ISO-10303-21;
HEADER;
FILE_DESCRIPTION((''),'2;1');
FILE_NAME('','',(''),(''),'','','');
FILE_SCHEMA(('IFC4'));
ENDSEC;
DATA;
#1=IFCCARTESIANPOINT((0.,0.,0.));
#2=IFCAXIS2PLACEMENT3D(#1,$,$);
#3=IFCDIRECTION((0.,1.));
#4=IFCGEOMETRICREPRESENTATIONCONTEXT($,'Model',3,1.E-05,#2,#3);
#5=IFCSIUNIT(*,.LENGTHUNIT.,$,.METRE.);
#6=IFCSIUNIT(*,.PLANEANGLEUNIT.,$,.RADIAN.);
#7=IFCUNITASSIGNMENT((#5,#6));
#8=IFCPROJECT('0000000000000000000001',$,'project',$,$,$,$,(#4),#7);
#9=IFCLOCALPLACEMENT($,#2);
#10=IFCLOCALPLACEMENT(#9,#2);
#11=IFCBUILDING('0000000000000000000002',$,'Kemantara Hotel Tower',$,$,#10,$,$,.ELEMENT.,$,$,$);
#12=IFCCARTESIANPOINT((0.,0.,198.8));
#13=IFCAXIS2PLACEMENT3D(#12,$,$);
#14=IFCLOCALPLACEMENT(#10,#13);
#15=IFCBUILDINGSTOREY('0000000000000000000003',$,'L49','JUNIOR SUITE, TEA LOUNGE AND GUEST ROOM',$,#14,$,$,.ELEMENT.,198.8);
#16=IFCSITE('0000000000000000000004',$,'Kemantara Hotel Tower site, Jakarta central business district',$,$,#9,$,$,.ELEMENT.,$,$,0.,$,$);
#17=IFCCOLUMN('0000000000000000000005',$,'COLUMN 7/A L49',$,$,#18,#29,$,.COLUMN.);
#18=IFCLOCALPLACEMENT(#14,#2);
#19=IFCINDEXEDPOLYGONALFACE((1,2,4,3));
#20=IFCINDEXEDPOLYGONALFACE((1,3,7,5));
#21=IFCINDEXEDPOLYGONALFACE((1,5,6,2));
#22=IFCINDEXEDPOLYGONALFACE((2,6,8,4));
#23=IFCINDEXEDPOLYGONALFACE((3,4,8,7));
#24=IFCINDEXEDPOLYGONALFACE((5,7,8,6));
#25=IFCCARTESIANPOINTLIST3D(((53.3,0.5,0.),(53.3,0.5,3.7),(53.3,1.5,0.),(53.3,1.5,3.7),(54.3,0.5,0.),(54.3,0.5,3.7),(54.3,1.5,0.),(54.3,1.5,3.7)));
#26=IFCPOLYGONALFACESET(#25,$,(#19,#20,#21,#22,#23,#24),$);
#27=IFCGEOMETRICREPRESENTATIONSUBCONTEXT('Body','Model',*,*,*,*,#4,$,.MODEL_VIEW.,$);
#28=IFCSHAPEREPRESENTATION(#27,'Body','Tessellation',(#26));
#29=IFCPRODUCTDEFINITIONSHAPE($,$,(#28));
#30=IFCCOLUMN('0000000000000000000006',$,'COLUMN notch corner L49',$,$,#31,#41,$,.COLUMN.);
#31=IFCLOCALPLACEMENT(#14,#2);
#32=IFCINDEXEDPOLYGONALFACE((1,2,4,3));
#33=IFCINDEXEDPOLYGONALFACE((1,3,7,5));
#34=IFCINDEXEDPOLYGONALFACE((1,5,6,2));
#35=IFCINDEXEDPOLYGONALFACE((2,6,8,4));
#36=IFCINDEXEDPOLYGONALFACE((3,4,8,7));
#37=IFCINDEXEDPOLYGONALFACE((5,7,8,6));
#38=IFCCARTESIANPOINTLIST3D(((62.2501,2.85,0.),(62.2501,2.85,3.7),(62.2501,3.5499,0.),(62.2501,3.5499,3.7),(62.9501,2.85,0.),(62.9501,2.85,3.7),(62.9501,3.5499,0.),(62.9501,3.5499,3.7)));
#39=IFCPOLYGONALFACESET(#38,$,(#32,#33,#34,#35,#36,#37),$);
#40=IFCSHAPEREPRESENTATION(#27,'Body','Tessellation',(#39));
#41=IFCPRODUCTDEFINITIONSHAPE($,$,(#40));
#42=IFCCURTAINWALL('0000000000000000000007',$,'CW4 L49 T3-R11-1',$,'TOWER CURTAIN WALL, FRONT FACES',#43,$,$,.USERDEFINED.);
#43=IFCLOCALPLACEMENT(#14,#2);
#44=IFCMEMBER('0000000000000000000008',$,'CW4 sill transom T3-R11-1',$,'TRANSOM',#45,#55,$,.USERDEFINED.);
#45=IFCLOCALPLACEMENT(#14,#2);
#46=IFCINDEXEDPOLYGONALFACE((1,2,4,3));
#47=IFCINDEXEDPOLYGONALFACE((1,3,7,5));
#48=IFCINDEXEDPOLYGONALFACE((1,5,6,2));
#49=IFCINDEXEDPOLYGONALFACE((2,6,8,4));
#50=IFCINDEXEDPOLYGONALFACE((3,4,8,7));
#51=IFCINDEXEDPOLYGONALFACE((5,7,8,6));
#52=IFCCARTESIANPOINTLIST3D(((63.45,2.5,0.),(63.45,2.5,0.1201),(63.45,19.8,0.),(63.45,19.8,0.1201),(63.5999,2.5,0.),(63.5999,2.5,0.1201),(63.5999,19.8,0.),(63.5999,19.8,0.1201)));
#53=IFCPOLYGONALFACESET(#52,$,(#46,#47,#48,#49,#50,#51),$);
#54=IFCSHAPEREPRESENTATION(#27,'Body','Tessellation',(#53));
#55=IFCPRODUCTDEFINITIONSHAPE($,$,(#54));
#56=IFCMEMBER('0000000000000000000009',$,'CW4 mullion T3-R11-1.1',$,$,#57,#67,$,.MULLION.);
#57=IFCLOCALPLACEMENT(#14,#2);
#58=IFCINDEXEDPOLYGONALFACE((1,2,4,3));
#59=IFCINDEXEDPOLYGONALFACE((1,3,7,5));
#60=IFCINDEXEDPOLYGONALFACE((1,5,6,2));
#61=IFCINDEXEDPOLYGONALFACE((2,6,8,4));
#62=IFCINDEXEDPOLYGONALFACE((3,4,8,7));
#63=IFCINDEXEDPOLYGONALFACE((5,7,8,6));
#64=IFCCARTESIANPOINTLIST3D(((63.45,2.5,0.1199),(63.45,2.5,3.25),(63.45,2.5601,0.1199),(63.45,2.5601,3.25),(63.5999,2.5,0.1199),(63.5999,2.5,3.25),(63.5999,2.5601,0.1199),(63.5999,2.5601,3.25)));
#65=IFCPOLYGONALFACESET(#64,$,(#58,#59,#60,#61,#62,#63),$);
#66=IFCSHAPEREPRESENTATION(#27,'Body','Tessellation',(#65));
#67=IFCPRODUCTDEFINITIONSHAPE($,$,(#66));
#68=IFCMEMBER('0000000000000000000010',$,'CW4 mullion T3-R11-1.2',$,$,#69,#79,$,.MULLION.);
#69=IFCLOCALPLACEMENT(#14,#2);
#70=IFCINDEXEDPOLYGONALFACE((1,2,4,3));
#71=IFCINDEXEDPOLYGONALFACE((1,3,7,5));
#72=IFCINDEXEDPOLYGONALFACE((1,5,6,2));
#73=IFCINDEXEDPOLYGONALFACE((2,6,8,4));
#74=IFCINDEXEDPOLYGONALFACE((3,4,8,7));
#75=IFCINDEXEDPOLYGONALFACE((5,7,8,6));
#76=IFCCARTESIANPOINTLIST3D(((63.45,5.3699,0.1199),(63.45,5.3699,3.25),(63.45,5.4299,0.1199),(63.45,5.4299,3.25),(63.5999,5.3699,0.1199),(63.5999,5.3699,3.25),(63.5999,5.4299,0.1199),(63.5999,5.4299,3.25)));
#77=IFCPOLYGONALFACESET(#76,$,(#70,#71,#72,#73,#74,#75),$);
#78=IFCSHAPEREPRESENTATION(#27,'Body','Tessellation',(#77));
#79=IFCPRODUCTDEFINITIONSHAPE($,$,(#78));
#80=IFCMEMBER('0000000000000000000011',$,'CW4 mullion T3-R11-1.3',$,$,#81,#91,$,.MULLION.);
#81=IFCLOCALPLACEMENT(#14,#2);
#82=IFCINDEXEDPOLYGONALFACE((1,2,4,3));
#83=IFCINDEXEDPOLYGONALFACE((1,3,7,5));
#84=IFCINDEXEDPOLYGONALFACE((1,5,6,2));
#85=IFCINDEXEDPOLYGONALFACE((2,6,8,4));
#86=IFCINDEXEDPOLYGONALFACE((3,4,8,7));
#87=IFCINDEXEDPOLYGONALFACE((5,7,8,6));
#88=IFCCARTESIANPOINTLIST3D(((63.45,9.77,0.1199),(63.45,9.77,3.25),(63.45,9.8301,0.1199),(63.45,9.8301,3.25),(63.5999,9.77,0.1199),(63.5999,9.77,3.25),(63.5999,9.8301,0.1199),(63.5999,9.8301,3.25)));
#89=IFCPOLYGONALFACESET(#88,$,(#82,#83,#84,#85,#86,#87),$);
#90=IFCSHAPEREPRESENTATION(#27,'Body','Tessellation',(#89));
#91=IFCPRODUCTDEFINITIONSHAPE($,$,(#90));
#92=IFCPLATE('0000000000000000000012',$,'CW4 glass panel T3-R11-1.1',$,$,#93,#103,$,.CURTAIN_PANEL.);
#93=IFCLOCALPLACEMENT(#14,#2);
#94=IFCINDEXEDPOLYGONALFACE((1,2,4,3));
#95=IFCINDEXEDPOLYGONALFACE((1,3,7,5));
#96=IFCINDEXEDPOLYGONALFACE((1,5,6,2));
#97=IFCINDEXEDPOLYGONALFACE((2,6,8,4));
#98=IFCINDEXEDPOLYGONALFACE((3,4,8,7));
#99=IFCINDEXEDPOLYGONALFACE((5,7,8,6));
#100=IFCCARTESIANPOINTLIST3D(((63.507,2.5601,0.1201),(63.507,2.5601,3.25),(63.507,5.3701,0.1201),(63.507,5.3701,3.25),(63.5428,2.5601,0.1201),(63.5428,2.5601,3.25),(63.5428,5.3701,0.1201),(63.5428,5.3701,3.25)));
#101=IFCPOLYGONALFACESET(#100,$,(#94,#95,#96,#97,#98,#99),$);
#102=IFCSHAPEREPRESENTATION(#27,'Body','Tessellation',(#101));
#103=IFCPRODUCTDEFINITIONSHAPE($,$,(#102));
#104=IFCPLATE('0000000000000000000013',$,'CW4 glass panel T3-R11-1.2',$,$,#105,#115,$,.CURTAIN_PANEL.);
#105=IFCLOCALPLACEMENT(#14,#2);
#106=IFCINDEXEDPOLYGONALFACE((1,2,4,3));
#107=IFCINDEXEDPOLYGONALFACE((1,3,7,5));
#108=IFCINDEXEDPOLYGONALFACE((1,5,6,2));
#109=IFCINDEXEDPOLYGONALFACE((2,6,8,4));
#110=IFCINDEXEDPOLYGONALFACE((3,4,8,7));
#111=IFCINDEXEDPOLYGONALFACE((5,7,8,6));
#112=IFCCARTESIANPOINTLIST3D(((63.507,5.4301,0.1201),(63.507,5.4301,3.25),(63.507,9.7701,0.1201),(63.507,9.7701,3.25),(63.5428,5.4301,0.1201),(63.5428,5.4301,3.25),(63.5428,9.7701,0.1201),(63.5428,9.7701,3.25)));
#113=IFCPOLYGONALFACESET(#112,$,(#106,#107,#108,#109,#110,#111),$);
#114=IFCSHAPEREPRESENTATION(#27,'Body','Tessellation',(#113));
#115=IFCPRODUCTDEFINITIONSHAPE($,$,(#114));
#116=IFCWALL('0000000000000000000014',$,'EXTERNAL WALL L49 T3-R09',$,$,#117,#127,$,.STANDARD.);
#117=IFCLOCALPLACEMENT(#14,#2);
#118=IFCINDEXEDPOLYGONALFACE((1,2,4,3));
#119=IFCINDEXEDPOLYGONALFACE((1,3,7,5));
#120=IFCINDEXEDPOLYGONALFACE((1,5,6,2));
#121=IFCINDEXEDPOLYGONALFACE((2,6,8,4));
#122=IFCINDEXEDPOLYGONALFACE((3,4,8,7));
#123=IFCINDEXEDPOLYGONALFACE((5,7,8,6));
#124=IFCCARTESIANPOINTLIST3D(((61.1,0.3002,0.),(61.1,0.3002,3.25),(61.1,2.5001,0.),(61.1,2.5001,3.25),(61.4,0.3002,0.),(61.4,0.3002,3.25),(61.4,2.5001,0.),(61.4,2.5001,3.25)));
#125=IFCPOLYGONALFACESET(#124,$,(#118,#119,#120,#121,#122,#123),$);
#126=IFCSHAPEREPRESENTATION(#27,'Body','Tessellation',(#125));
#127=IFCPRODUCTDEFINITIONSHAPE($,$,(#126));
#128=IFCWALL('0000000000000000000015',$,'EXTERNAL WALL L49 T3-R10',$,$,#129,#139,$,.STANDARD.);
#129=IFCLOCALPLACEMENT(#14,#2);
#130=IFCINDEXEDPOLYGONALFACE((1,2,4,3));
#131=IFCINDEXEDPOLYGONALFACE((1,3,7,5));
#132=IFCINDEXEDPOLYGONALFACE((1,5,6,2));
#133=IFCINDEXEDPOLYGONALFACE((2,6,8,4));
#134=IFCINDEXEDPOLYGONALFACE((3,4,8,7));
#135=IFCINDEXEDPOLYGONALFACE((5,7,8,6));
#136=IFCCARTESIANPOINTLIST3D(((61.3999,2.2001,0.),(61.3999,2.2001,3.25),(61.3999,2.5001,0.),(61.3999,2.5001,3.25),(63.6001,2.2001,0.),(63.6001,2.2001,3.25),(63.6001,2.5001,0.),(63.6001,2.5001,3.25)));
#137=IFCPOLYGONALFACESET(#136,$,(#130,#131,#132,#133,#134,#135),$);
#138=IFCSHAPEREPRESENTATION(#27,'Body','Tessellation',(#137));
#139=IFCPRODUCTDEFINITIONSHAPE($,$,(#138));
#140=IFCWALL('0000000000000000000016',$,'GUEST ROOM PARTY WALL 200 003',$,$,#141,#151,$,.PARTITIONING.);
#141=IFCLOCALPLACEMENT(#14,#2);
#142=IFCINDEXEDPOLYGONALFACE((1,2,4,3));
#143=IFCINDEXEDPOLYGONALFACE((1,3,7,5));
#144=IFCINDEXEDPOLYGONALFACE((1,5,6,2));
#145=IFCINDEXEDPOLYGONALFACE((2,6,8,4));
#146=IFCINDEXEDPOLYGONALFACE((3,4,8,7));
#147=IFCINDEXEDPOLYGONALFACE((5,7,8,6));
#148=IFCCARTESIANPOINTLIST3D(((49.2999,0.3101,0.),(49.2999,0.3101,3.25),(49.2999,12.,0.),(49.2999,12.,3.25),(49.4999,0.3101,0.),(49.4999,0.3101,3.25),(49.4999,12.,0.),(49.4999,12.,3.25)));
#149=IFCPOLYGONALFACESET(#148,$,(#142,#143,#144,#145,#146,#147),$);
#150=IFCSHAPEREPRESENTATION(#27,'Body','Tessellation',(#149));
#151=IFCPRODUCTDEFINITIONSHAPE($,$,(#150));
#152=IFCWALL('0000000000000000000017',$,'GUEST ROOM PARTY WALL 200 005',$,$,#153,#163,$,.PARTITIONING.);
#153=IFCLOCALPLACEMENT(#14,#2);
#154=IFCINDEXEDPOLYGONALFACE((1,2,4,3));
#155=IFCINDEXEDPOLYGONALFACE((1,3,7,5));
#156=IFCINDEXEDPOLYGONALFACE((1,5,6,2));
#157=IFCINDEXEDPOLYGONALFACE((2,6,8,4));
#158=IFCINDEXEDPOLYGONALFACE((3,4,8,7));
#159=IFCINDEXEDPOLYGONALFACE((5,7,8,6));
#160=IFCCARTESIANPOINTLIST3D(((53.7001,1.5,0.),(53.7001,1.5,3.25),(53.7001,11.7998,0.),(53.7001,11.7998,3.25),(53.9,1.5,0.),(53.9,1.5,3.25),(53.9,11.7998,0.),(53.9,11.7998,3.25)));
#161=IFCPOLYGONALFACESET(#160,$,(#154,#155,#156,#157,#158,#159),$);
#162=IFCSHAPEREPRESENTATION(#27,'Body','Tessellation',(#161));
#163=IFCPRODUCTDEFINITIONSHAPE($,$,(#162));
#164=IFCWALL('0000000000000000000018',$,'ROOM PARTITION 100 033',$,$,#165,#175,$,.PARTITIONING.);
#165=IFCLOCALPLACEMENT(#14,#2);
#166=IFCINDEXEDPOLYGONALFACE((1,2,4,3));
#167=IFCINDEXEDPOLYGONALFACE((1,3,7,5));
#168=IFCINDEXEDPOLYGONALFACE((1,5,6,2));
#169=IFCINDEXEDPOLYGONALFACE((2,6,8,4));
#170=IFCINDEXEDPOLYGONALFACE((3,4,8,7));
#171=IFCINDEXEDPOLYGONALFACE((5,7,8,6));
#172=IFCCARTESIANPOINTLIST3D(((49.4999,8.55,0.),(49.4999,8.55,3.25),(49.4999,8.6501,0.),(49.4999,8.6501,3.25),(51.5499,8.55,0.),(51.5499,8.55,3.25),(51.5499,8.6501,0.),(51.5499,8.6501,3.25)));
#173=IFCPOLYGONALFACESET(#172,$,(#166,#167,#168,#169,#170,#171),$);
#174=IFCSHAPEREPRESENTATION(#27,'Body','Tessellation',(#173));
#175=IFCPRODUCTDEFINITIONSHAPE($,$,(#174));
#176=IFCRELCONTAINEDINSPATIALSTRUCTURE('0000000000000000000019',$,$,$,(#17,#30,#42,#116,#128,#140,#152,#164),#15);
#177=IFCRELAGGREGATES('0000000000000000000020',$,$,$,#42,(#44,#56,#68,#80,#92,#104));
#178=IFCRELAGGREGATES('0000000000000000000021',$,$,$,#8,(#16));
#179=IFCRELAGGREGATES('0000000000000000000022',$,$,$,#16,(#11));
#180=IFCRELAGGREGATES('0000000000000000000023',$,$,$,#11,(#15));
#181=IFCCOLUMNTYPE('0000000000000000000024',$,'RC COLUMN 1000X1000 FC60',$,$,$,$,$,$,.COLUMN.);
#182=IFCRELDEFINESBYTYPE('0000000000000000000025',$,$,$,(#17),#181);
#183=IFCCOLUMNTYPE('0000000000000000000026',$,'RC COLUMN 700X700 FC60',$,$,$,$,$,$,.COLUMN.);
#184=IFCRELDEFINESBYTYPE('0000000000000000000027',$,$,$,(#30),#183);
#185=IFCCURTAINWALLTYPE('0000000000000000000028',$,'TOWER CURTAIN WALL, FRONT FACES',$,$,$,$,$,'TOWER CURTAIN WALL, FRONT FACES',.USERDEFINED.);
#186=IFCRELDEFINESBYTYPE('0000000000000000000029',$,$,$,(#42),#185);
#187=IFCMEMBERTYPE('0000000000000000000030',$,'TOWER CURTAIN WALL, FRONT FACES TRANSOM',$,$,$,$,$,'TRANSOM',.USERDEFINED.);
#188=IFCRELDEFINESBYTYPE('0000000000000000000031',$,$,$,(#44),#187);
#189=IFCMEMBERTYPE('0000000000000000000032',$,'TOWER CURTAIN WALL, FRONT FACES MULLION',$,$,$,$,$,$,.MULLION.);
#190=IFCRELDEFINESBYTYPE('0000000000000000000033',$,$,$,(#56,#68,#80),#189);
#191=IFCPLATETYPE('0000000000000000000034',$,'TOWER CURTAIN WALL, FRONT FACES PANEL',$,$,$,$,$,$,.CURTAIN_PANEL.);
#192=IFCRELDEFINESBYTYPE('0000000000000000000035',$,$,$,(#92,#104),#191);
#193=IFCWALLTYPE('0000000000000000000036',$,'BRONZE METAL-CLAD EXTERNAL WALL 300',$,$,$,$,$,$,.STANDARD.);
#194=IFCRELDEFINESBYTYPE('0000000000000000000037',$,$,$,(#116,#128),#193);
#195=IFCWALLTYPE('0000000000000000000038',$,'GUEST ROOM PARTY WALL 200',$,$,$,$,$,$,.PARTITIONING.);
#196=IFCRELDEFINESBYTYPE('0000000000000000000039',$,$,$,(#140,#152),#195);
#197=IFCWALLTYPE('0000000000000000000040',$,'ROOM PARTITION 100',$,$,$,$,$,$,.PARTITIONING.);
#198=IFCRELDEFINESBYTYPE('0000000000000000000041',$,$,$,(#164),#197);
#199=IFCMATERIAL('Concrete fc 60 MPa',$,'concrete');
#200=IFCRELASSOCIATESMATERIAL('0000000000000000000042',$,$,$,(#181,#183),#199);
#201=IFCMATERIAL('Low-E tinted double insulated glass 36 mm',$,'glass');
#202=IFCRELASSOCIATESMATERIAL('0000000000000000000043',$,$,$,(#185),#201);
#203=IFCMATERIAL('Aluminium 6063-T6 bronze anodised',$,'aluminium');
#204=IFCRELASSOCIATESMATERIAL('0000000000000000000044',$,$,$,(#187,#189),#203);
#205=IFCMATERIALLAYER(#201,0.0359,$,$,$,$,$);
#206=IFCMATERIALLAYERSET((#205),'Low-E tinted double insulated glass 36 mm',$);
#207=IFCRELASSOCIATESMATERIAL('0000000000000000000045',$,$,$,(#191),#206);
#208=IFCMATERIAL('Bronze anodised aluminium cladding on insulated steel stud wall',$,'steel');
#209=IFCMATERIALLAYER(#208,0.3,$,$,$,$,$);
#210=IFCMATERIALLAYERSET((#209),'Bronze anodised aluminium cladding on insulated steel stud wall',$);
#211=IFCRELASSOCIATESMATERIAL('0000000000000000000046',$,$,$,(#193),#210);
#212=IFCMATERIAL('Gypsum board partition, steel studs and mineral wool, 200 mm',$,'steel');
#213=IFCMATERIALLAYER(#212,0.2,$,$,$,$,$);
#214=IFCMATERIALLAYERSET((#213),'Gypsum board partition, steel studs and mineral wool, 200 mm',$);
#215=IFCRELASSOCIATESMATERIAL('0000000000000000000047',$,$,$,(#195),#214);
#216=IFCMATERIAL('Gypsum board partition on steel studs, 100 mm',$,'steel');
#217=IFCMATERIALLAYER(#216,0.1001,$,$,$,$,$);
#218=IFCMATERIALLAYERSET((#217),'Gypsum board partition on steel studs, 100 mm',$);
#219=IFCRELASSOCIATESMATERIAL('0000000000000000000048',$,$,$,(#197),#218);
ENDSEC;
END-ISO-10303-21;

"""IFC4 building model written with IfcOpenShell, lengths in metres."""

from ifc_helpers import new_model, si_unit, direction, frame, frame_2d, origin, origin_2d, place, context, subcontext, project, spatial, rectangle, extrude, source, transform, mapped, material, layer, layer_set, material_profile, profile_set, type_object, element, aggregate, save


model = new_model("IFC4")

# Units and contexts
model_context = context("Model", 3, precision=1e-05, world=origin(), true_north=direction((0.0, 1.0)))
body_context = subcontext(model_context, "Body", "Model", "MODEL_VIEW")
ifc_project = project(units=[si_unit("LENGTHUNIT", "METRE"), si_unit("PLANEANGLEUNIT", "RADIAN")], contexts=[model_context])

# Site, building, storey
site_placement = place(None, origin())
site = spatial("IfcSite", under=ifc_project, at=site_placement, Name="Kemantara Hotel Tower site, Jakarta central business district", CompositionType="ELEMENT", RefElevation=0.0)
building_placement = place(site_placement, origin())
building = spatial("IfcBuilding", under=site, at=building_placement, Name="Kemantara Hotel Tower", CompositionType="ELEMENT")
storey_placement = place(building_placement, frame((0.0, 0.0, 198.8)))
storey = spatial("IfcBuildingStorey", under=building, at=storey_placement, Name="L49", Description="JUNIOR SUITE, TEA LOUNGE AND GUEST ROOM", CompositionType="ELEMENT", Elevation=198.8)

# Columns
ifc_material_1 = material(Name="Concrete fc 60 MPa", Category="concrete")
ifc_material_profile_1 = material_profile(ifc_material_1, rectangle(XDim=1.0, YDim=1.0, at=origin_2d()), Name="RC 1000X1000")
ifc_profile_set_1 = profile_set([ifc_material_profile_1], Name="Concrete fc 60 MPa")
column_type_1 = type_object("IfcColumnType", Name="RC COLUMN 1000X1000 FC60", PredefinedType="COLUMN", material=ifc_profile_set_1)
column_1_placement = place(storey_placement, frame((53.8, 1.0, 0.0), z_axis=(0.0, 0.0, 1.0), x_axis=(1.0, 0.0, 0.0)))
element("IfcColumn", 1, at=column_1_placement, inside=storey, type_object=column_type_1, Name="COLUMN 7/A L49", PredefinedType="COLUMN", context=body_context, shape_type="SweptSolid", body=[
    extrude(rectangle(XDim=1.0, YDim=1.0, at=origin_2d()), origin(), (0.0, 0.0, 1.0), 3.7),
])
ifc_material_profile_2 = material_profile(ifc_material_1, rectangle(XDim=0.7, YDim=0.7, at=origin_2d()), Name="RC 700X700")
ifc_profile_set_2 = profile_set([ifc_material_profile_2], Name="Concrete fc 60 MPa")
column_type_2 = type_object("IfcColumnType", Name="RC COLUMN 700X700 FC60", PredefinedType="COLUMN", material=ifc_profile_set_2)
column_2_placement = place(storey_placement, frame((62.6001, 3.2, 0.0), z_axis=(0.0, 0.0, 1.0), x_axis=(1.0, 0.0, 0.0)))
element("IfcColumn", 2, at=column_2_placement, inside=storey, type_object=column_type_2, Name="COLUMN notch corner L49", PredefinedType="COLUMN", context=body_context, shape_type="SweptSolid", body=[
    extrude(rectangle(XDim=0.7, YDim=0.7, at=origin_2d()), origin(), (0.0, 0.0, 1.0), 3.7),
])

# Curtain wall, members, plates
ifc_material_2 = material(Name="Low-E tinted double insulated glass 36 mm", Category="glass")
curtain_wall_type = type_object("IfcCurtainWallType", Name="TOWER CURTAIN WALL, FRONT FACES", ElementType="TOWER CURTAIN WALL, FRONT FACES", PredefinedType="USERDEFINED", material=ifc_material_2)
curtain_wall_placement = place(storey_placement, origin())
curtain_wall = element("IfcCurtainWall", 3, at=curtain_wall_placement, inside=storey, type_object=curtain_wall_type, Name="CW4 L49 T3-R11-1", ObjectType="TOWER CURTAIN WALL, FRONT FACES", PredefinedType="USERDEFINED")
ifc_material_3 = material(Name="Aluminium 6063-T6 bronze anodised", Category="aluminium")
ifc_material_profile_3 = material_profile(ifc_material_3, rectangle(XDim=0.1499, YDim=0.1201, at=origin_2d()), Name="TOWER CURTAIN WALL, FRONT FACES TRANSOM")
ifc_profile_set_3 = profile_set([ifc_material_profile_3], Name="Aluminium 6063-T6 bronze anodised")
member_type_1 = type_object("IfcMemberType", Name="TOWER CURTAIN WALL, FRONT FACES TRANSOM", ElementType="TRANSOM", PredefinedType="USERDEFINED", material=ifc_profile_set_3)
member_1_placement = place(storey_placement, frame((63.5249, 2.5, 0.0601), z_axis=(0.0, 1.0, 0.0), x_axis=(-1.0, 0.0, 0.0)))
member_1 = element("IfcMember", 4, at=member_1_placement, type_object=member_type_1, Name="CW4 sill transom T3-R11-1", ObjectType="TRANSOM", PredefinedType="USERDEFINED", context=body_context, shape_type="SweptSolid", body=[
    extrude(rectangle(XDim=0.1499, YDim=0.1201, at=origin_2d()), origin(), (0.0, 0.0, 1.0), 17.3),
])
ifc_material_profile_4 = material_profile(ifc_material_3, rectangle(XDim=0.1499, YDim=0.0601, at=origin_2d()), Name="TOWER CURTAIN WALL, FRONT FACES MULLION")
ifc_profile_set_4 = profile_set([ifc_material_profile_4], Name="Aluminium 6063-T6 bronze anodised")
member_type_2 = type_object("IfcMemberType", Name="TOWER CURTAIN WALL, FRONT FACES MULLION", PredefinedType="MULLION", material=ifc_profile_set_4)
shared_shape_1 = source(origin(), body_context, "Body", "SweptSolid", [
    extrude(rectangle(XDim=0.1499, YDim=0.0601, at=origin_2d()), origin(), (0.0, 0.0, 1.0), 3.1301),
])
member_2_placement = place(storey_placement, frame((63.5249, 2.53, 0.1199), z_axis=(0.0, 0.0, 1.0), x_axis=(-1.0, 0.0, 0.0)))
member_2 = element("IfcMember", 5, at=member_2_placement, type_object=member_type_2, Name="CW4 mullion T3-R11-1.1", PredefinedType="MULLION", context=body_context, shape_type="MappedRepresentation", body=[
    mapped(shared_shape_1, transform((0.0, 0.0, 0.0))),
])
member_3_placement = place(storey_placement, frame((63.5249, 5.3999, 0.1199), z_axis=(0.0, 0.0, 1.0), x_axis=(-1.0, 0.0, 0.0)))
member_3 = element("IfcMember", 6, at=member_3_placement, type_object=member_type_2, Name="CW4 mullion T3-R11-1.2", PredefinedType="MULLION", context=body_context, shape_type="MappedRepresentation", body=[
    mapped(shared_shape_1, transform((0.0, 0.0, 0.0))),
])
member_4_placement = place(storey_placement, frame((63.5249, 9.8, 0.1199), z_axis=(0.0, 0.0, 1.0), x_axis=(-1.0, 0.0, 0.0)))
member_4 = element("IfcMember", 7, at=member_4_placement, type_object=member_type_2, Name="CW4 mullion T3-R11-1.3", PredefinedType="MULLION", context=body_context, shape_type="MappedRepresentation", body=[
    mapped(shared_shape_1, transform((0.0, 0.0, 0.0))),
])
ifc_layer_1 = layer(ifc_material_2, 0.0359)
ifc_layer_set_1 = layer_set([ifc_layer_1], Name="Low-E tinted double insulated glass 36 mm")
plate_type = type_object("IfcPlateType", Name="TOWER CURTAIN WALL, FRONT FACES PANEL", PredefinedType="CURTAIN_PANEL", material=ifc_layer_set_1)
shared_shape_2 = source(origin(), body_context, "Body", "SweptSolid", [
    extrude(rectangle(XDim=2.8101, YDim=0.0359, at=origin_2d()), origin(), (0.0, 0.0, 1.0), 3.1299),
])
plate_1_placement = place(storey_placement, frame((63.5249, 3.9651, 0.1201), z_axis=(0.0, 0.0, 1.0), x_axis=(0.0, 1.0, 0.0)))
plate_1 = element("IfcPlate", 8, at=plate_1_placement, type_object=plate_type, Name="CW4 glass panel T3-R11-1.1", PredefinedType="CURTAIN_PANEL", context=body_context, shape_type="MappedRepresentation", body=[
    mapped(shared_shape_2, transform((0.0, 0.0, 0.0))),
])
shared_shape_3 = source(origin(), body_context, "Body", "SweptSolid", [
    extrude(rectangle(XDim=4.3401, YDim=0.0359, at=origin_2d()), origin(), (0.0, 0.0, 1.0), 3.1299),
])
plate_2_placement = place(storey_placement, frame((63.5249, 7.6001, 0.1201), z_axis=(0.0, 0.0, 1.0), x_axis=(0.0, 1.0, 0.0)))
plate_2 = element("IfcPlate", 9, at=plate_2_placement, type_object=plate_type, Name="CW4 glass panel T3-R11-1.2", PredefinedType="CURTAIN_PANEL", context=body_context, shape_type="MappedRepresentation", body=[
    mapped(shared_shape_3, transform((0.0, 0.0, 0.0))),
])
aggregate(curtain_wall, [member_1, member_2, member_3, member_4, plate_1, plate_2])

# Walls
ifc_material_4 = material(Name="Bronze anodised aluminium cladding on insulated steel stud wall", Category="steel")
ifc_layer_2 = layer(ifc_material_4, 0.3)
ifc_layer_set_2 = layer_set([ifc_layer_2], Name="Bronze anodised aluminium cladding on insulated steel stud wall")
wall_type_1 = type_object("IfcWallType", Name="BRONZE METAL-CLAD EXTERNAL WALL 300", PredefinedType="STANDARD", material=ifc_layer_set_2)
wall_1_placement = place(storey_placement, frame((61.25, 0.3, 0.0), z_axis=(0.0, 0.0, 1.0), x_axis=(0.0, 1.0, 0.0)))
element("IfcWall", 10, at=wall_1_placement, inside=storey, type_object=wall_type_1, Name="EXTERNAL WALL L49 T3-R09", PredefinedType="STANDARD", context=body_context, shape_type="SweptSolid", body=[
    extrude(rectangle(XDim=2.2, YDim=0.3, at=frame_2d((1.1001, 0.0))), origin(), (0.0, 0.0, 1.0), 3.25),
])
wall_2_placement = place(storey_placement, frame((61.3999, 2.3501, 0.0), z_axis=(0.0, 0.0, 1.0), x_axis=(1.0, 0.0, 0.0)))
element("IfcWall", 11, at=wall_2_placement, inside=storey, type_object=wall_type_1, Name="EXTERNAL WALL L49 T3-R10", PredefinedType="STANDARD", context=body_context, shape_type="SweptSolid", body=[
    extrude(rectangle(XDim=2.2002, YDim=0.3, at=frame_2d((1.1001, 0.0))), origin(), (0.0, 0.0, 1.0), 3.25),
])
ifc_material_5 = material(Name="Gypsum board partition, steel studs and mineral wool, 200 mm", Category="steel")
ifc_layer_3 = layer(ifc_material_5, 0.2)
ifc_layer_set_3 = layer_set([ifc_layer_3], Name="Gypsum board partition, steel studs and mineral wool, 200 mm")
wall_type_2 = type_object("IfcWallType", Name="GUEST ROOM PARTY WALL 200", PredefinedType="PARTITIONING", material=ifc_layer_set_3)
wall_3_placement = place(storey_placement, frame((49.3999, 0.3101, 0.0), z_axis=(0.0, 0.0, 1.0), x_axis=(0.0, 1.0, 0.0)))
element("IfcWall", 12, at=wall_3_placement, inside=storey, type_object=wall_type_2, Name="GUEST ROOM PARTY WALL 200 003", PredefinedType="PARTITIONING", context=body_context, shape_type="SweptSolid", body=[
    extrude(rectangle(XDim=11.6899, YDim=0.2, at=frame_2d((5.845, 0.0))), origin(), (0.0, 0.0, 1.0), 3.25),
])
wall_4_placement = place(storey_placement, frame((53.8, 1.5, 0.0), z_axis=(0.0, 0.0, 1.0), x_axis=(0.0, 1.0, 0.0)))
element("IfcWall", 13, at=wall_4_placement, inside=storey, type_object=wall_type_2, Name="GUEST ROOM PARTY WALL 200 005", PredefinedType="PARTITIONING", context=body_context, shape_type="SweptSolid", body=[
    extrude(rectangle(XDim=10.2998, YDim=0.2, at=frame_2d((5.1499, 0.0))), origin(), (0.0, 0.0, 1.0), 3.25),
])
ifc_material_6 = material(Name="Gypsum board partition on steel studs, 100 mm", Category="steel")
ifc_layer_4 = layer(ifc_material_6, 0.1001)
ifc_layer_set_4 = layer_set([ifc_layer_4], Name="Gypsum board partition on steel studs, 100 mm")
wall_type_3 = type_object("IfcWallType", Name="ROOM PARTITION 100", PredefinedType="PARTITIONING", material=ifc_layer_set_4)
wall_5_placement = place(storey_placement, frame((49.5, 8.6001, 0.0), z_axis=(0.0, 0.0, 1.0), x_axis=(1.0, 0.0, 0.0)))
element("IfcWall", 14, at=wall_5_placement, inside=storey, type_object=wall_type_3, Name="ROOM PARTITION 100 033", PredefinedType="PARTITIONING", context=body_context, shape_type="SweptSolid", body=[
    extrude(rectangle(XDim=2.05, YDim=0.1001, at=frame_2d((1.0249, 0.0))), origin(), (0.0, 0.0, 1.0), 3.25),
])

save(model, "model.ifc")
